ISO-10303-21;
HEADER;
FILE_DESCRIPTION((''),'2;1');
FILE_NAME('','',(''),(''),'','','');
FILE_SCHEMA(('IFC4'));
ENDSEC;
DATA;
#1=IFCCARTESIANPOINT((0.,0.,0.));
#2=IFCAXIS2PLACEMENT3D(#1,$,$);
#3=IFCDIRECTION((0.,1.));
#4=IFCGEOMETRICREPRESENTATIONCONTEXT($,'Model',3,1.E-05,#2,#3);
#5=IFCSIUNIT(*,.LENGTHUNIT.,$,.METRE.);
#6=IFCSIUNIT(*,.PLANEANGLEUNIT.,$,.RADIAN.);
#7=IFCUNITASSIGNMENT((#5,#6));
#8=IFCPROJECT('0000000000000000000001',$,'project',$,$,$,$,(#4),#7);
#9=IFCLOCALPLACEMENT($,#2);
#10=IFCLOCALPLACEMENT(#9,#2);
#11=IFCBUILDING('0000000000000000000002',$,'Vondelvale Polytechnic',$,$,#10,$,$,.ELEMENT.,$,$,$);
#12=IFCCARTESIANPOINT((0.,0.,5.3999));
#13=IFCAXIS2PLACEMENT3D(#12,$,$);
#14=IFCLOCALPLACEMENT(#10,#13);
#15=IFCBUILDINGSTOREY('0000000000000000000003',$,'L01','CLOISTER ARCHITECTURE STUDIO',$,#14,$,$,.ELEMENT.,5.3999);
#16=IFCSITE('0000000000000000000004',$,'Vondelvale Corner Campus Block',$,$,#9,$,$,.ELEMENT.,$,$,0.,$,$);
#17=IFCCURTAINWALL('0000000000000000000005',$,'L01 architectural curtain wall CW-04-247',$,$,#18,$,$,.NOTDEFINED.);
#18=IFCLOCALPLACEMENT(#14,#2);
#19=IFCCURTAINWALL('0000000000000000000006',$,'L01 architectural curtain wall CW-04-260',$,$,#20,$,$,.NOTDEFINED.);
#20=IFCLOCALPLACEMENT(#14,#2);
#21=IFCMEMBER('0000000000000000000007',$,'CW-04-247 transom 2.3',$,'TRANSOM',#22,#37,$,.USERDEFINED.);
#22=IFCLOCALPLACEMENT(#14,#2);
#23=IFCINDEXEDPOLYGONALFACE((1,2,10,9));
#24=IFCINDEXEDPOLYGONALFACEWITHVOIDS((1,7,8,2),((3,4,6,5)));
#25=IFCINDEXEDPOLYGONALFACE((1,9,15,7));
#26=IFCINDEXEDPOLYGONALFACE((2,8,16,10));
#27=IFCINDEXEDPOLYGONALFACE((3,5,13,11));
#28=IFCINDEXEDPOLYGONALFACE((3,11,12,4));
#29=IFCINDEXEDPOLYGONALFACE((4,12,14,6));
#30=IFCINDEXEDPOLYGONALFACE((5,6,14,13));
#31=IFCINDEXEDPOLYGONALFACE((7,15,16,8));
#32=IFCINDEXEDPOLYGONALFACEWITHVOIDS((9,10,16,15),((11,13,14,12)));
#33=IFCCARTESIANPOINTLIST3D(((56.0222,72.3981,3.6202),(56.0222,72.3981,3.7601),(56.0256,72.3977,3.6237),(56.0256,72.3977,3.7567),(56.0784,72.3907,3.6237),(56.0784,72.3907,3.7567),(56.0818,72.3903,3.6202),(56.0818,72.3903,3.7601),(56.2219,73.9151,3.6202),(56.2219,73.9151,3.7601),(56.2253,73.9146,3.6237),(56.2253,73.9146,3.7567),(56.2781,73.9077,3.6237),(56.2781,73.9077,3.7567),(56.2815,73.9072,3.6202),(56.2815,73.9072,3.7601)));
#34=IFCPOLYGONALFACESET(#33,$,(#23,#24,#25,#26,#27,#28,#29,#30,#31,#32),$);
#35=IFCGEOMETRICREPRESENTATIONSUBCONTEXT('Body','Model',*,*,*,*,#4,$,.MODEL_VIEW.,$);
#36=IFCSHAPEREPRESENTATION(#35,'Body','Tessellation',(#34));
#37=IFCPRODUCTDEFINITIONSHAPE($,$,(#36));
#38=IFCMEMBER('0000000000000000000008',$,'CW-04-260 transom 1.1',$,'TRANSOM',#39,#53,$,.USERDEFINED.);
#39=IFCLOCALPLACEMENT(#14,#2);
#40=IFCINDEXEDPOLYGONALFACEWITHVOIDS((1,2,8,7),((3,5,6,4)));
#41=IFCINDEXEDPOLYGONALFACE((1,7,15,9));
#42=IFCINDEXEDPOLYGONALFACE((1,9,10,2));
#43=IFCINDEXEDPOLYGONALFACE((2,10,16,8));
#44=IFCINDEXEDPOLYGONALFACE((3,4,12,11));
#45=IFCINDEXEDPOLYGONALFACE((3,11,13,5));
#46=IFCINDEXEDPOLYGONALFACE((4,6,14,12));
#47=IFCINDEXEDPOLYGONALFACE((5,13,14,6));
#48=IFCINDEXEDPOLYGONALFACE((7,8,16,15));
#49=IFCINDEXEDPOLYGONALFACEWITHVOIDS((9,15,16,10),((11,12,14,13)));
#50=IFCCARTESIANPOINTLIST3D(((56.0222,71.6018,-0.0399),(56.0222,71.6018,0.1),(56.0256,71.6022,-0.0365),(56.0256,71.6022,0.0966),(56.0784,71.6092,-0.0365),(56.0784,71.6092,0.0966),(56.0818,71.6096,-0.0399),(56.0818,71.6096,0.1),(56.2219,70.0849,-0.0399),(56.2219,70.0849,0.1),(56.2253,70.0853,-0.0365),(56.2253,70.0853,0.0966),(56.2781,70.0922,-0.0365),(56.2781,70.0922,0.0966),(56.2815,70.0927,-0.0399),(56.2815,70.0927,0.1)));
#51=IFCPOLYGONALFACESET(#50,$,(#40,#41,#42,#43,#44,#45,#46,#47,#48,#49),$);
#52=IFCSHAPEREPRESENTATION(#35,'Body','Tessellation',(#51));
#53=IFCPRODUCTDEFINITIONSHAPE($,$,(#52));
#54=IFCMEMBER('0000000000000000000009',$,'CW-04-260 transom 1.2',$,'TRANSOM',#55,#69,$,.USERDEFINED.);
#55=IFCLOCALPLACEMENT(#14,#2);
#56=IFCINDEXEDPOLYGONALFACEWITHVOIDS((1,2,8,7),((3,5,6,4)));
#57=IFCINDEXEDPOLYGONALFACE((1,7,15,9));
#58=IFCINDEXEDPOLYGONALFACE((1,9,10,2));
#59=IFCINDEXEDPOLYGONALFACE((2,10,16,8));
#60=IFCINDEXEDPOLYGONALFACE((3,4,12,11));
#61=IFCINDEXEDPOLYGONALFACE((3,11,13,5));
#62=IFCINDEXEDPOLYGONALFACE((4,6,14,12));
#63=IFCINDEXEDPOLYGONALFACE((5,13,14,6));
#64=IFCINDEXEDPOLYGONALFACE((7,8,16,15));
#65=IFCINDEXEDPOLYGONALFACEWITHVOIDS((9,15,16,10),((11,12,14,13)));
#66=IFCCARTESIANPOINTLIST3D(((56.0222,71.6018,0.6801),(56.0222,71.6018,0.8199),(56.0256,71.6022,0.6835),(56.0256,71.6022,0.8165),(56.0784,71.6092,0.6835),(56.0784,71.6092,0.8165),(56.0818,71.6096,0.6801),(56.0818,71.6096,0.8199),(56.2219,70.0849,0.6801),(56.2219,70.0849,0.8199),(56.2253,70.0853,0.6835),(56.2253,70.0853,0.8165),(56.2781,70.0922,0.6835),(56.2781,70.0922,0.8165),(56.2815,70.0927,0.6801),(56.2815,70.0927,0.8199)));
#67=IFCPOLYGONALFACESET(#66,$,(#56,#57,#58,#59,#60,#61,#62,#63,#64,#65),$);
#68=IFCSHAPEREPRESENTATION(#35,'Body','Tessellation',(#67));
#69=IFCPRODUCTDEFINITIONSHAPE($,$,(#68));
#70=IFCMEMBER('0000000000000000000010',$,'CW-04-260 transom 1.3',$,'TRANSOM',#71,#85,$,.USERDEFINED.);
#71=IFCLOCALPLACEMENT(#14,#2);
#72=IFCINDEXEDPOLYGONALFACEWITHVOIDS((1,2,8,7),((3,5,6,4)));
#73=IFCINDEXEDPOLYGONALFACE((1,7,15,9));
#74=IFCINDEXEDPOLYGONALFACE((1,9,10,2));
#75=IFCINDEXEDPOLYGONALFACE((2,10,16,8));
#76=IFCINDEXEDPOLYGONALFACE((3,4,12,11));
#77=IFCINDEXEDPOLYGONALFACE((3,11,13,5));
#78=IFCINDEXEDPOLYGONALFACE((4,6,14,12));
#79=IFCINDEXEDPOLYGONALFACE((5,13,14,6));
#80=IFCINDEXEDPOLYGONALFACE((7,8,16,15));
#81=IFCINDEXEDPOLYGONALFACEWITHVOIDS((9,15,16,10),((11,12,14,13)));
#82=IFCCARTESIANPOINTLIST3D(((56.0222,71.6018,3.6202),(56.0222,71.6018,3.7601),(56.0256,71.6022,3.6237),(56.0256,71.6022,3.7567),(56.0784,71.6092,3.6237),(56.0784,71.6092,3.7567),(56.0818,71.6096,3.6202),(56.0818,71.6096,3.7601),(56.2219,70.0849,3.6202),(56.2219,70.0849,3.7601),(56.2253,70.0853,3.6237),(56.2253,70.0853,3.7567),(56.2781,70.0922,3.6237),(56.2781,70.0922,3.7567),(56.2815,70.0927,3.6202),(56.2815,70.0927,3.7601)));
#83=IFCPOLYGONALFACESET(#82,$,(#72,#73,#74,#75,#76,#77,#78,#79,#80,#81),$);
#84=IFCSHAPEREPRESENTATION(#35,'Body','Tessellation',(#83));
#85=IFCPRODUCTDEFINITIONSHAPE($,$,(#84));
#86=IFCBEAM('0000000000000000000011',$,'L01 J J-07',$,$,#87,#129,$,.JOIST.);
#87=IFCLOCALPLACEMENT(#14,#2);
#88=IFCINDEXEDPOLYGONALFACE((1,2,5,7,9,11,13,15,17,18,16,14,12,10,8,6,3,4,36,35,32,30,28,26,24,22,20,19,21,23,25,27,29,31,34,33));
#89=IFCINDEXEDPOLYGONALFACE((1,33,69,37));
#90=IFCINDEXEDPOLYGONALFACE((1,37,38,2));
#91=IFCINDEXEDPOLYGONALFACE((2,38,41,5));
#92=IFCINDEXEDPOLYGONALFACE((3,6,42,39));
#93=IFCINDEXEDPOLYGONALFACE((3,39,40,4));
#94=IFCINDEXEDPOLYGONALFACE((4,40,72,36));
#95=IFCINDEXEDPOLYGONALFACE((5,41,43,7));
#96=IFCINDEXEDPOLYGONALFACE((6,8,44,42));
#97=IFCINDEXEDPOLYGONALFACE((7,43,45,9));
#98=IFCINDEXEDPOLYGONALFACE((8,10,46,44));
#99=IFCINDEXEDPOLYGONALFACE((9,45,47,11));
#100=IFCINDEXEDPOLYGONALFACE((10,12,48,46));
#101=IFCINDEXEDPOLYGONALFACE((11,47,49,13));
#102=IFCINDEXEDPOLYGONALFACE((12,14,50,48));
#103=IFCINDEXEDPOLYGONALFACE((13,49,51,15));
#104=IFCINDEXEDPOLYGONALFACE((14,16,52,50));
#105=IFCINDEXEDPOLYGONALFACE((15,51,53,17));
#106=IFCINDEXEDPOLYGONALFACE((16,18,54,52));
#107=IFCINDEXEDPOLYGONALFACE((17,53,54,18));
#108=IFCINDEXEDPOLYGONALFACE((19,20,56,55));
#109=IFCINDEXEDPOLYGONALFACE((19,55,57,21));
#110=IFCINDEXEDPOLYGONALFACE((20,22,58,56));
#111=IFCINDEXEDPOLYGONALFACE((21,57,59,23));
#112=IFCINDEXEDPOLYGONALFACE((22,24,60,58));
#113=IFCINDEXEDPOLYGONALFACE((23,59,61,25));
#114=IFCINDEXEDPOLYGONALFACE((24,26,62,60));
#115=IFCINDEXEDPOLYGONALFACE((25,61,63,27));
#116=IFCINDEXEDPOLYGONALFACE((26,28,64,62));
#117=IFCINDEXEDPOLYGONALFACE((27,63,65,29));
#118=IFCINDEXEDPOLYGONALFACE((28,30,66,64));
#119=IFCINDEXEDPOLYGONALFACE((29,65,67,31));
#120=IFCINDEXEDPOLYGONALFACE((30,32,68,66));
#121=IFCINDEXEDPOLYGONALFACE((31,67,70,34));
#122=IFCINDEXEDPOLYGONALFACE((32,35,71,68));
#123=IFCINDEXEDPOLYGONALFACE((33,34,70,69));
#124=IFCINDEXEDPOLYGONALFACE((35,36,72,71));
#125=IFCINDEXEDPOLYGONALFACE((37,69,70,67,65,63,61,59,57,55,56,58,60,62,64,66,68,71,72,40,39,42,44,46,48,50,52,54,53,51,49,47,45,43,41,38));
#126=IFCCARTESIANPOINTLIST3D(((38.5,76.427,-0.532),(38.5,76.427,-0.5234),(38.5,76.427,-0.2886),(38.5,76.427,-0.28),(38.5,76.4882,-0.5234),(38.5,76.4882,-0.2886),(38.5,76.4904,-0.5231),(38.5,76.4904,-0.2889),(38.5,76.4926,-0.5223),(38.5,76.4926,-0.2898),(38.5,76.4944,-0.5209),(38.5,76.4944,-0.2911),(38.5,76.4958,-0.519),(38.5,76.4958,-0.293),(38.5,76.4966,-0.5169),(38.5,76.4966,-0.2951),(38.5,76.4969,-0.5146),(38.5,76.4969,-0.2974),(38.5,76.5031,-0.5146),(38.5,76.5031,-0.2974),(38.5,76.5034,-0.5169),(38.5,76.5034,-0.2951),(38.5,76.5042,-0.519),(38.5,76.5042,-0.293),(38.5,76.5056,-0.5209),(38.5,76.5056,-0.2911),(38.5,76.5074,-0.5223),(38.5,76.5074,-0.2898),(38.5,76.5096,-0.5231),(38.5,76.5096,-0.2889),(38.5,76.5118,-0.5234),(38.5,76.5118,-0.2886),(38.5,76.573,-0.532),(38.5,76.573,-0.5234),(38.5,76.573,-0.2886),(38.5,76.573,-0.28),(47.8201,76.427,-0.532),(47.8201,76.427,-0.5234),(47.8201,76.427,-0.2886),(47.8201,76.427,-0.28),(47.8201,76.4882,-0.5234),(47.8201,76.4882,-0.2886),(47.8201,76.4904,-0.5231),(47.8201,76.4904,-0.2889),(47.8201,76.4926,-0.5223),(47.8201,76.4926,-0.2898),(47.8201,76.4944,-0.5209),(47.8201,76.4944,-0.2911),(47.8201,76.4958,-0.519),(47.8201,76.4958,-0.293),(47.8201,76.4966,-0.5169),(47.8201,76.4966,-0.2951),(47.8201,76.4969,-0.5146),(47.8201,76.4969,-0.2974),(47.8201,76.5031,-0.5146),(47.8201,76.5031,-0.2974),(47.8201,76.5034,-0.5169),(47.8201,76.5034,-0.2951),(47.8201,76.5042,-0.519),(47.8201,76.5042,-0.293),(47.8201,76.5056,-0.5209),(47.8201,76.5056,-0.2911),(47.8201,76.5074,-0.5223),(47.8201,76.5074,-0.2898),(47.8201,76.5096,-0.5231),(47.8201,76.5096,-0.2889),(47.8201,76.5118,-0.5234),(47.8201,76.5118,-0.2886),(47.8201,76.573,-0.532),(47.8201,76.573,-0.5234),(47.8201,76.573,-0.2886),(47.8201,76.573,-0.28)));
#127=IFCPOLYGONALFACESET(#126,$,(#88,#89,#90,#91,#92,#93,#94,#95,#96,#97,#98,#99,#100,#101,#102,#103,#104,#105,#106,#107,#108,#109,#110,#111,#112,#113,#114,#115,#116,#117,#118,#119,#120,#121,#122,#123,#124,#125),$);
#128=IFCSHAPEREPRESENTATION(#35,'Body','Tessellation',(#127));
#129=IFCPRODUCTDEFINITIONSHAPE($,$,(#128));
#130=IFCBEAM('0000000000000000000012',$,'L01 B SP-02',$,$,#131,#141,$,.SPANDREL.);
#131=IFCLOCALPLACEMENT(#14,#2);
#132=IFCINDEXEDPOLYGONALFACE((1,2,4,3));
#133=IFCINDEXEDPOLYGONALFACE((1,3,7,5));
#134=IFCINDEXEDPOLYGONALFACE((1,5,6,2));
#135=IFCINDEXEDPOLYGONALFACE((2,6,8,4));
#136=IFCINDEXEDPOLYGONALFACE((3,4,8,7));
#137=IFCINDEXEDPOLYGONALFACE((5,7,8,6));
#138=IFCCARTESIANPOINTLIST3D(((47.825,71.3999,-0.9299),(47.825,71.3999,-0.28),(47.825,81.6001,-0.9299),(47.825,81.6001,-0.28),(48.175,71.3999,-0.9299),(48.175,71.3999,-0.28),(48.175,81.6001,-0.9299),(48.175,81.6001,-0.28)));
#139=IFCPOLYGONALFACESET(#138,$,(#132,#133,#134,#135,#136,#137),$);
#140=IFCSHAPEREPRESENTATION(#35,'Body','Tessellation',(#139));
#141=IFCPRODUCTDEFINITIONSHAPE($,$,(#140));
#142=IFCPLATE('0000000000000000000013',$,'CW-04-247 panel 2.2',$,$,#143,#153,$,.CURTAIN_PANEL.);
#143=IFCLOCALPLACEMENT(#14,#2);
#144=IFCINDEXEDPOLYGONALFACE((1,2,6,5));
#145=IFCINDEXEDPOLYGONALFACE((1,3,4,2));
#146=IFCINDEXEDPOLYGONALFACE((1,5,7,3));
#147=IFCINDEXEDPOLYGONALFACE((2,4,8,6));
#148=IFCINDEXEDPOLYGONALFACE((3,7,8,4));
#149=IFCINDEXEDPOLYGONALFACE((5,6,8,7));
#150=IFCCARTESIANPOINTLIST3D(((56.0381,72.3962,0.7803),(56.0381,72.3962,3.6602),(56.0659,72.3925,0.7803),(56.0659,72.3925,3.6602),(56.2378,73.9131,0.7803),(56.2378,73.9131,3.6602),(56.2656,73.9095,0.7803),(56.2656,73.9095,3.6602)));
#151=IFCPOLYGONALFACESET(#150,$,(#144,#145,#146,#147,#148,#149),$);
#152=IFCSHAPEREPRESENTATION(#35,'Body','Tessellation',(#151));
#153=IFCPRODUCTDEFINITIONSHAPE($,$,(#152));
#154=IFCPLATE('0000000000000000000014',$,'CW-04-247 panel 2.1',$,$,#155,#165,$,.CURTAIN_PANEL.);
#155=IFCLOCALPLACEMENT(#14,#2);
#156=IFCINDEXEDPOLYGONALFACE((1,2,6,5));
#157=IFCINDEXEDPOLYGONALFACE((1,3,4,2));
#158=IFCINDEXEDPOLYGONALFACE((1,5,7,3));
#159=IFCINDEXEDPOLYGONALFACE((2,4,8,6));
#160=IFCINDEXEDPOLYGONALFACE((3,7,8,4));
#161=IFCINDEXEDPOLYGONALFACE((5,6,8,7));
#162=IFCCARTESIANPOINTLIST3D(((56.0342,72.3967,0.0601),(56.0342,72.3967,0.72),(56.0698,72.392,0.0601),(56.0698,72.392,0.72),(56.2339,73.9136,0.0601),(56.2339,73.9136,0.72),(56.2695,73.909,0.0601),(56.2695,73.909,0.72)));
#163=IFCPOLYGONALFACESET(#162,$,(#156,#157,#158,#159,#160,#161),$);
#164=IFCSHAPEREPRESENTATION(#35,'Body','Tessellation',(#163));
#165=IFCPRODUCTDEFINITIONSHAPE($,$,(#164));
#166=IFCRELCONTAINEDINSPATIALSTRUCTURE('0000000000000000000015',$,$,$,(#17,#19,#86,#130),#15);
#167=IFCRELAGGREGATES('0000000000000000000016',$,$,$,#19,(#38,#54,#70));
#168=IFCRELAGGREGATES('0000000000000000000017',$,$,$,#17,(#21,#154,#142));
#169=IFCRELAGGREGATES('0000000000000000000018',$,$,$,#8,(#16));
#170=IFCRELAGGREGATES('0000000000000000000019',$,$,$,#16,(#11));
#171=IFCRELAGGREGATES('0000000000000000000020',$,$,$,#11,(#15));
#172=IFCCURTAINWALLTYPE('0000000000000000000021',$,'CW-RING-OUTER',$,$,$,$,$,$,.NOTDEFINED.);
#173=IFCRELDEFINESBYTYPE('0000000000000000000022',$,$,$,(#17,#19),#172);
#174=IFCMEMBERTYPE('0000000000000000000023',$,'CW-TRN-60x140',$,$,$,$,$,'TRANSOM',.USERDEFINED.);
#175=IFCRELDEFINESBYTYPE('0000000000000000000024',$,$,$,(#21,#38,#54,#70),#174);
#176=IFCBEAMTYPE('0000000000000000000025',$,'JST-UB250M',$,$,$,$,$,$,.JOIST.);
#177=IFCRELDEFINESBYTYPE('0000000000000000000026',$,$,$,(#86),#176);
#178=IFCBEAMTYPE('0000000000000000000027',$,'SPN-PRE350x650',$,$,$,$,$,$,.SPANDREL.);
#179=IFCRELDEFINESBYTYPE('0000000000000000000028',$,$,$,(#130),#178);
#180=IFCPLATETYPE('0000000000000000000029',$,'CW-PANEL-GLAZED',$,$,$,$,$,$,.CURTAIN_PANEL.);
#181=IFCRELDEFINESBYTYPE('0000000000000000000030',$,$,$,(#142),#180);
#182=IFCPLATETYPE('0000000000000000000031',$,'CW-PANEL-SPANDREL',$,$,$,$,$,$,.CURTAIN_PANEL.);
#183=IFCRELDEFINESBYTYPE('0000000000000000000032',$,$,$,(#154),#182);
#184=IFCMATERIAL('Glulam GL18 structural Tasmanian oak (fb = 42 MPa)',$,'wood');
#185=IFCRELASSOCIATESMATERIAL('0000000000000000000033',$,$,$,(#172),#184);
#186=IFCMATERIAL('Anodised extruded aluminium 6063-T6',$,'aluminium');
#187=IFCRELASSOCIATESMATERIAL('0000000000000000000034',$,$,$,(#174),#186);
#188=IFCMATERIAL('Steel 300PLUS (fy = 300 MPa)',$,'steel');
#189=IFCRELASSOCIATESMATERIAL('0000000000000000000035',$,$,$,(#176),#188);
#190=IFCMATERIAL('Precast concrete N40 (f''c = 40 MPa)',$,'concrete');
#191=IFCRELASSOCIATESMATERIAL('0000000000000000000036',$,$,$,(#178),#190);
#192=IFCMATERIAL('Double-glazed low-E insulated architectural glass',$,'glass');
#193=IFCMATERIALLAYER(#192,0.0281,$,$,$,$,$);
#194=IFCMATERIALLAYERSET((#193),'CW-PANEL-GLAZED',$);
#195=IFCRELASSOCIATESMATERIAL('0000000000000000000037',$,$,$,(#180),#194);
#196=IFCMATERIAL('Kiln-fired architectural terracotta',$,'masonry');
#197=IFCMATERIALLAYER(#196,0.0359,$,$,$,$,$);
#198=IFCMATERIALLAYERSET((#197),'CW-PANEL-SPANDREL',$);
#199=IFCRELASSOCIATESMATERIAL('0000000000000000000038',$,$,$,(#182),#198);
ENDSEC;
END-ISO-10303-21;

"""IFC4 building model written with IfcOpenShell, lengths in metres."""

from ifc_helpers import new_model, si_unit, direction, frame, origin, origin_2d, place, context, subcontext, project, spatial, rectangle, hollow_rectangle, i_section, extrude, material, layer, layer_set, material_profile, profile_set, type_object, element, aggregate, save


model = new_model("IFC4")

# Units and contexts
model_context = context("Model", 3, precision=1e-05, world=origin(), true_north=direction((0.0, 1.0)))
body_context = subcontext(model_context, "Body", "Model", "MODEL_VIEW")
ifc_project = project(units=[si_unit("LENGTHUNIT", "METRE"), si_unit("PLANEANGLEUNIT", "RADIAN")], contexts=[model_context])

# Site, building, storey
site_placement = place(None, origin())
site = spatial("IfcSite", under=ifc_project, at=site_placement, Name="Vondelvale Corner Campus Block", CompositionType="ELEMENT", RefElevation=0.0)
building_placement = place(site_placement, origin())
building = spatial("IfcBuilding", under=site, at=building_placement, Name="Vondelvale Polytechnic", CompositionType="ELEMENT")
storey_placement = place(building_placement, frame((0.0, 0.0, 5.3999)))
storey = spatial("IfcBuildingStorey", under=building, at=storey_placement, Name="L01", Description="CLOISTER ARCHITECTURE STUDIO", CompositionType="ELEMENT", Elevation=5.3999)

# Shared definitions
ifc_material_1 = material(Name="Steel 300PLUS (fy = 300 MPa)", Category="steel")

# Curtain wall
ifc_material_2 = material(Name="Glulam GL18 structural Tasmanian oak (fb = 42 MPa)", Category="wood")
curtain_wall_type = type_object("IfcCurtainWallType", Name="CW-RING-OUTER", PredefinedType="NOTDEFINED", material=ifc_material_2)
curtain_wall_1_placement = place(storey_placement, origin())
curtain_wall_1 = element("IfcCurtainWall", 1, at=curtain_wall_1_placement, inside=storey, type_object=curtain_wall_type, Name="L01 architectural curtain wall CW-04-247", PredefinedType="NOTDEFINED")
ifc_material_3 = material(Name="Anodised extruded aluminium 6063-T6", Category="aluminium")

# Curtain wall
curtain_wall_2_placement = place(storey_placement, origin())
curtain_wall_2 = element("IfcCurtainWall", 2, at=curtain_wall_2_placement, inside=storey, type_object=curtain_wall_type, Name="L01 architectural curtain wall CW-04-260", PredefinedType="NOTDEFINED")

# Members
ifc_material_profile_1 = material_profile(ifc_material_3, hollow_rectangle(XDim=0.0601, YDim=0.1399, WallThickness=0.0034, at=origin_2d()), Name="CW-TRN-140x60")
ifc_profile_set_1 = profile_set([ifc_material_profile_1], Name="Anodised extruded aluminium 6063-T6")
member_type_1 = type_object("IfcMemberType", Name="CW-TRN-60x140", ElementType="TRANSOM", PredefinedType="USERDEFINED", material=ifc_profile_set_1)
member_1_placement = place(storey_placement, frame((56.2517, 73.9111, 3.6902), z_axis=(-0.130533, -0.991444, 0.0), x_axis=(0.991444, -0.130533, 0.0)))
member_1 = element("IfcMember", 3, at=member_1_placement, type_object=member_type_1, Name="CW-04-247 transom 2.3", ObjectType="TRANSOM", PredefinedType="USERDEFINED", context=body_context, shape_type="SweptSolid", body=[
    extrude(hollow_rectangle(XDim=0.0601, YDim=0.1399, WallThickness=0.0034, at=origin_2d()), origin(), (0.0, 0.0, 1.0), 1.53),
])
member_2_placement = place(storey_placement, frame((56.052, 71.6057, 0.03), z_axis=(0.130533, -0.991444, 0.0), x_axis=(0.991444, 0.130533, 0.0)))
member_2 = element("IfcMember", 4, at=member_2_placement, type_object=member_type_1, Name="CW-04-260 transom 1.1", ObjectType="TRANSOM", PredefinedType="USERDEFINED", context=body_context, shape_type="SweptSolid", body=[
    extrude(hollow_rectangle(XDim=0.0601, YDim=0.1399, WallThickness=0.0034, at=origin_2d()), origin(), (0.0, 0.0, 1.0), 1.53),
])
member_3_placement = place(storey_placement, frame((56.052, 71.6057, 0.75), z_axis=(0.130533, -0.991444, 0.0), x_axis=(0.991444, 0.130533, 0.0)))
member_3 = element("IfcMember", 5, at=member_3_placement, type_object=member_type_1, Name="CW-04-260 transom 1.2", ObjectType="TRANSOM", PredefinedType="USERDEFINED", context=body_context, shape_type="SweptSolid", body=[
    extrude(hollow_rectangle(XDim=0.0601, YDim=0.1399, WallThickness=0.0034, at=origin_2d()), origin(), (0.0, 0.0, 1.0), 1.53),
])
member_4_placement = place(storey_placement, frame((56.052, 71.6057, 3.6902), z_axis=(0.130533, -0.991444, 0.0), x_axis=(0.991444, 0.130533, 0.0)))
member_4 = element("IfcMember", 6, at=member_4_placement, type_object=member_type_1, Name="CW-04-260 transom 1.3", ObjectType="TRANSOM", PredefinedType="USERDEFINED", context=body_context, shape_type="SweptSolid", body=[
    extrude(hollow_rectangle(XDim=0.0601, YDim=0.1399, WallThickness=0.0034, at=origin_2d()), origin(), (0.0, 0.0, 1.0), 1.53),
])
aggregate(curtain_wall_2, [member_2, member_3, member_4])

# Beams
ifc_material_profile_2 = material_profile(ifc_material_1, i_section(OverallWidth=0.146, OverallDepth=0.252, WebThickness=0.0061, FlangeThickness=0.0085, FilletRadius=0.0088, at=origin_2d()), Name="250UB31.4")
ifc_profile_set_2 = profile_set([ifc_material_profile_2], Name="Steel 300PLUS (fy = 300 MPa)")
beam_type_1 = type_object("IfcBeamType", Name="JST-UB250M", PredefinedType="JOIST", material=ifc_profile_set_2)
beam_1_placement = place(storey_placement, frame((38.5, 76.5, -0.406), z_axis=(1.0, 0.0, 0.0), x_axis=(0.0, 1.0, 0.0)))
element("IfcBeam", 7, at=beam_1_placement, inside=storey, type_object=beam_type_1, Name="L01 J J-07", PredefinedType="JOIST", context=body_context, shape_type="SweptSolid", body=[
    extrude(i_section(OverallWidth=0.146, OverallDepth=0.252, WebThickness=0.0061, FlangeThickness=0.0085, FilletRadius=0.0088, at=origin_2d()), origin(), (0.0, 0.0, 1.0), 9.3201),
])
ifc_material_4 = material(Name="Precast concrete N40 (f'c = 40 MPa)", Category="concrete")
ifc_material_profile_3 = material_profile(ifc_material_4, rectangle(XDim=0.3501, YDim=0.6499, at=origin_2d()), Name="RC-SPN-350x650")
ifc_profile_set_3 = profile_set([ifc_material_profile_3], Name="Precast concrete N40 (f'c = 40 MPa)")
beam_type_2 = type_object("IfcBeamType", Name="SPN-PRE350x650", PredefinedType="SPANDREL", material=ifc_profile_set_3)
beam_2_placement = place(storey_placement, frame((48.0, 71.3999, -0.605), z_axis=(0.0, 1.0, 0.0), x_axis=(-1.0, 0.0, 0.0)))
element("IfcBeam", 8, at=beam_2_placement, inside=storey, type_object=beam_type_2, Name="L01 B SP-02", PredefinedType="SPANDREL", context=body_context, shape_type="SweptSolid", body=[
    extrude(rectangle(XDim=0.3501, YDim=0.6499, at=origin_2d()), origin(), (0.0, 0.0, 1.0), 10.2002),
])

# Plates
ifc_material_5 = material(Name="Double-glazed low-E insulated architectural glass", Category="glass")
ifc_layer_1 = layer(ifc_material_5, 0.0281)
ifc_layer_set_1 = layer_set([ifc_layer_1], Name="CW-PANEL-GLAZED")
plate_type_1 = type_object("IfcPlateType", Name="CW-PANEL-GLAZED", PredefinedType="CURTAIN_PANEL", material=ifc_layer_set_1)
plate_1_placement = place(storey_placement, frame((56.1519, 73.1528, 0.7803), z_axis=(0.0, 0.0, 1.0), x_axis=(-0.13054, -0.991443, 0.0)))
plate_1 = element("IfcPlate", 9, at=plate_1_placement, type_object=plate_type_1, Name="CW-04-247 panel 2.2", PredefinedType="CURTAIN_PANEL", context=body_context, shape_type="SweptSolid", body=[
    extrude(rectangle(XDim=1.53, YDim=0.0281, at=origin_2d()), origin(), (0.0, 0.0, 1.0), 2.8799),
])
ifc_material_6 = material(Name="Kiln-fired architectural terracotta", Category="masonry")
ifc_layer_2 = layer(ifc_material_6, 0.0359)
ifc_layer_set_2 = layer_set([ifc_layer_2], Name="CW-PANEL-SPANDREL")
plate_type_2 = type_object("IfcPlateType", Name="CW-PANEL-SPANDREL", PredefinedType="CURTAIN_PANEL", material=ifc_layer_set_2)
plate_2_placement = place(storey_placement, frame((56.1519, 73.1528, 0.0601), z_axis=(0.0, 0.0, 1.0), x_axis=(-0.13054, -0.991443, 0.0)))
plate_2 = element("IfcPlate", 10, at=plate_2_placement, type_object=plate_type_2, Name="CW-04-247 panel 2.1", PredefinedType="CURTAIN_PANEL", context=body_context, shape_type="SweptSolid", body=[
    extrude(rectangle(XDim=1.53, YDim=0.0359, at=origin_2d()), origin(), (0.0, 0.0, 1.0), 0.6599),
])
aggregate(curtain_wall_1, [member_1, plate_2, plate_1])

save(model, "model.ifc")
